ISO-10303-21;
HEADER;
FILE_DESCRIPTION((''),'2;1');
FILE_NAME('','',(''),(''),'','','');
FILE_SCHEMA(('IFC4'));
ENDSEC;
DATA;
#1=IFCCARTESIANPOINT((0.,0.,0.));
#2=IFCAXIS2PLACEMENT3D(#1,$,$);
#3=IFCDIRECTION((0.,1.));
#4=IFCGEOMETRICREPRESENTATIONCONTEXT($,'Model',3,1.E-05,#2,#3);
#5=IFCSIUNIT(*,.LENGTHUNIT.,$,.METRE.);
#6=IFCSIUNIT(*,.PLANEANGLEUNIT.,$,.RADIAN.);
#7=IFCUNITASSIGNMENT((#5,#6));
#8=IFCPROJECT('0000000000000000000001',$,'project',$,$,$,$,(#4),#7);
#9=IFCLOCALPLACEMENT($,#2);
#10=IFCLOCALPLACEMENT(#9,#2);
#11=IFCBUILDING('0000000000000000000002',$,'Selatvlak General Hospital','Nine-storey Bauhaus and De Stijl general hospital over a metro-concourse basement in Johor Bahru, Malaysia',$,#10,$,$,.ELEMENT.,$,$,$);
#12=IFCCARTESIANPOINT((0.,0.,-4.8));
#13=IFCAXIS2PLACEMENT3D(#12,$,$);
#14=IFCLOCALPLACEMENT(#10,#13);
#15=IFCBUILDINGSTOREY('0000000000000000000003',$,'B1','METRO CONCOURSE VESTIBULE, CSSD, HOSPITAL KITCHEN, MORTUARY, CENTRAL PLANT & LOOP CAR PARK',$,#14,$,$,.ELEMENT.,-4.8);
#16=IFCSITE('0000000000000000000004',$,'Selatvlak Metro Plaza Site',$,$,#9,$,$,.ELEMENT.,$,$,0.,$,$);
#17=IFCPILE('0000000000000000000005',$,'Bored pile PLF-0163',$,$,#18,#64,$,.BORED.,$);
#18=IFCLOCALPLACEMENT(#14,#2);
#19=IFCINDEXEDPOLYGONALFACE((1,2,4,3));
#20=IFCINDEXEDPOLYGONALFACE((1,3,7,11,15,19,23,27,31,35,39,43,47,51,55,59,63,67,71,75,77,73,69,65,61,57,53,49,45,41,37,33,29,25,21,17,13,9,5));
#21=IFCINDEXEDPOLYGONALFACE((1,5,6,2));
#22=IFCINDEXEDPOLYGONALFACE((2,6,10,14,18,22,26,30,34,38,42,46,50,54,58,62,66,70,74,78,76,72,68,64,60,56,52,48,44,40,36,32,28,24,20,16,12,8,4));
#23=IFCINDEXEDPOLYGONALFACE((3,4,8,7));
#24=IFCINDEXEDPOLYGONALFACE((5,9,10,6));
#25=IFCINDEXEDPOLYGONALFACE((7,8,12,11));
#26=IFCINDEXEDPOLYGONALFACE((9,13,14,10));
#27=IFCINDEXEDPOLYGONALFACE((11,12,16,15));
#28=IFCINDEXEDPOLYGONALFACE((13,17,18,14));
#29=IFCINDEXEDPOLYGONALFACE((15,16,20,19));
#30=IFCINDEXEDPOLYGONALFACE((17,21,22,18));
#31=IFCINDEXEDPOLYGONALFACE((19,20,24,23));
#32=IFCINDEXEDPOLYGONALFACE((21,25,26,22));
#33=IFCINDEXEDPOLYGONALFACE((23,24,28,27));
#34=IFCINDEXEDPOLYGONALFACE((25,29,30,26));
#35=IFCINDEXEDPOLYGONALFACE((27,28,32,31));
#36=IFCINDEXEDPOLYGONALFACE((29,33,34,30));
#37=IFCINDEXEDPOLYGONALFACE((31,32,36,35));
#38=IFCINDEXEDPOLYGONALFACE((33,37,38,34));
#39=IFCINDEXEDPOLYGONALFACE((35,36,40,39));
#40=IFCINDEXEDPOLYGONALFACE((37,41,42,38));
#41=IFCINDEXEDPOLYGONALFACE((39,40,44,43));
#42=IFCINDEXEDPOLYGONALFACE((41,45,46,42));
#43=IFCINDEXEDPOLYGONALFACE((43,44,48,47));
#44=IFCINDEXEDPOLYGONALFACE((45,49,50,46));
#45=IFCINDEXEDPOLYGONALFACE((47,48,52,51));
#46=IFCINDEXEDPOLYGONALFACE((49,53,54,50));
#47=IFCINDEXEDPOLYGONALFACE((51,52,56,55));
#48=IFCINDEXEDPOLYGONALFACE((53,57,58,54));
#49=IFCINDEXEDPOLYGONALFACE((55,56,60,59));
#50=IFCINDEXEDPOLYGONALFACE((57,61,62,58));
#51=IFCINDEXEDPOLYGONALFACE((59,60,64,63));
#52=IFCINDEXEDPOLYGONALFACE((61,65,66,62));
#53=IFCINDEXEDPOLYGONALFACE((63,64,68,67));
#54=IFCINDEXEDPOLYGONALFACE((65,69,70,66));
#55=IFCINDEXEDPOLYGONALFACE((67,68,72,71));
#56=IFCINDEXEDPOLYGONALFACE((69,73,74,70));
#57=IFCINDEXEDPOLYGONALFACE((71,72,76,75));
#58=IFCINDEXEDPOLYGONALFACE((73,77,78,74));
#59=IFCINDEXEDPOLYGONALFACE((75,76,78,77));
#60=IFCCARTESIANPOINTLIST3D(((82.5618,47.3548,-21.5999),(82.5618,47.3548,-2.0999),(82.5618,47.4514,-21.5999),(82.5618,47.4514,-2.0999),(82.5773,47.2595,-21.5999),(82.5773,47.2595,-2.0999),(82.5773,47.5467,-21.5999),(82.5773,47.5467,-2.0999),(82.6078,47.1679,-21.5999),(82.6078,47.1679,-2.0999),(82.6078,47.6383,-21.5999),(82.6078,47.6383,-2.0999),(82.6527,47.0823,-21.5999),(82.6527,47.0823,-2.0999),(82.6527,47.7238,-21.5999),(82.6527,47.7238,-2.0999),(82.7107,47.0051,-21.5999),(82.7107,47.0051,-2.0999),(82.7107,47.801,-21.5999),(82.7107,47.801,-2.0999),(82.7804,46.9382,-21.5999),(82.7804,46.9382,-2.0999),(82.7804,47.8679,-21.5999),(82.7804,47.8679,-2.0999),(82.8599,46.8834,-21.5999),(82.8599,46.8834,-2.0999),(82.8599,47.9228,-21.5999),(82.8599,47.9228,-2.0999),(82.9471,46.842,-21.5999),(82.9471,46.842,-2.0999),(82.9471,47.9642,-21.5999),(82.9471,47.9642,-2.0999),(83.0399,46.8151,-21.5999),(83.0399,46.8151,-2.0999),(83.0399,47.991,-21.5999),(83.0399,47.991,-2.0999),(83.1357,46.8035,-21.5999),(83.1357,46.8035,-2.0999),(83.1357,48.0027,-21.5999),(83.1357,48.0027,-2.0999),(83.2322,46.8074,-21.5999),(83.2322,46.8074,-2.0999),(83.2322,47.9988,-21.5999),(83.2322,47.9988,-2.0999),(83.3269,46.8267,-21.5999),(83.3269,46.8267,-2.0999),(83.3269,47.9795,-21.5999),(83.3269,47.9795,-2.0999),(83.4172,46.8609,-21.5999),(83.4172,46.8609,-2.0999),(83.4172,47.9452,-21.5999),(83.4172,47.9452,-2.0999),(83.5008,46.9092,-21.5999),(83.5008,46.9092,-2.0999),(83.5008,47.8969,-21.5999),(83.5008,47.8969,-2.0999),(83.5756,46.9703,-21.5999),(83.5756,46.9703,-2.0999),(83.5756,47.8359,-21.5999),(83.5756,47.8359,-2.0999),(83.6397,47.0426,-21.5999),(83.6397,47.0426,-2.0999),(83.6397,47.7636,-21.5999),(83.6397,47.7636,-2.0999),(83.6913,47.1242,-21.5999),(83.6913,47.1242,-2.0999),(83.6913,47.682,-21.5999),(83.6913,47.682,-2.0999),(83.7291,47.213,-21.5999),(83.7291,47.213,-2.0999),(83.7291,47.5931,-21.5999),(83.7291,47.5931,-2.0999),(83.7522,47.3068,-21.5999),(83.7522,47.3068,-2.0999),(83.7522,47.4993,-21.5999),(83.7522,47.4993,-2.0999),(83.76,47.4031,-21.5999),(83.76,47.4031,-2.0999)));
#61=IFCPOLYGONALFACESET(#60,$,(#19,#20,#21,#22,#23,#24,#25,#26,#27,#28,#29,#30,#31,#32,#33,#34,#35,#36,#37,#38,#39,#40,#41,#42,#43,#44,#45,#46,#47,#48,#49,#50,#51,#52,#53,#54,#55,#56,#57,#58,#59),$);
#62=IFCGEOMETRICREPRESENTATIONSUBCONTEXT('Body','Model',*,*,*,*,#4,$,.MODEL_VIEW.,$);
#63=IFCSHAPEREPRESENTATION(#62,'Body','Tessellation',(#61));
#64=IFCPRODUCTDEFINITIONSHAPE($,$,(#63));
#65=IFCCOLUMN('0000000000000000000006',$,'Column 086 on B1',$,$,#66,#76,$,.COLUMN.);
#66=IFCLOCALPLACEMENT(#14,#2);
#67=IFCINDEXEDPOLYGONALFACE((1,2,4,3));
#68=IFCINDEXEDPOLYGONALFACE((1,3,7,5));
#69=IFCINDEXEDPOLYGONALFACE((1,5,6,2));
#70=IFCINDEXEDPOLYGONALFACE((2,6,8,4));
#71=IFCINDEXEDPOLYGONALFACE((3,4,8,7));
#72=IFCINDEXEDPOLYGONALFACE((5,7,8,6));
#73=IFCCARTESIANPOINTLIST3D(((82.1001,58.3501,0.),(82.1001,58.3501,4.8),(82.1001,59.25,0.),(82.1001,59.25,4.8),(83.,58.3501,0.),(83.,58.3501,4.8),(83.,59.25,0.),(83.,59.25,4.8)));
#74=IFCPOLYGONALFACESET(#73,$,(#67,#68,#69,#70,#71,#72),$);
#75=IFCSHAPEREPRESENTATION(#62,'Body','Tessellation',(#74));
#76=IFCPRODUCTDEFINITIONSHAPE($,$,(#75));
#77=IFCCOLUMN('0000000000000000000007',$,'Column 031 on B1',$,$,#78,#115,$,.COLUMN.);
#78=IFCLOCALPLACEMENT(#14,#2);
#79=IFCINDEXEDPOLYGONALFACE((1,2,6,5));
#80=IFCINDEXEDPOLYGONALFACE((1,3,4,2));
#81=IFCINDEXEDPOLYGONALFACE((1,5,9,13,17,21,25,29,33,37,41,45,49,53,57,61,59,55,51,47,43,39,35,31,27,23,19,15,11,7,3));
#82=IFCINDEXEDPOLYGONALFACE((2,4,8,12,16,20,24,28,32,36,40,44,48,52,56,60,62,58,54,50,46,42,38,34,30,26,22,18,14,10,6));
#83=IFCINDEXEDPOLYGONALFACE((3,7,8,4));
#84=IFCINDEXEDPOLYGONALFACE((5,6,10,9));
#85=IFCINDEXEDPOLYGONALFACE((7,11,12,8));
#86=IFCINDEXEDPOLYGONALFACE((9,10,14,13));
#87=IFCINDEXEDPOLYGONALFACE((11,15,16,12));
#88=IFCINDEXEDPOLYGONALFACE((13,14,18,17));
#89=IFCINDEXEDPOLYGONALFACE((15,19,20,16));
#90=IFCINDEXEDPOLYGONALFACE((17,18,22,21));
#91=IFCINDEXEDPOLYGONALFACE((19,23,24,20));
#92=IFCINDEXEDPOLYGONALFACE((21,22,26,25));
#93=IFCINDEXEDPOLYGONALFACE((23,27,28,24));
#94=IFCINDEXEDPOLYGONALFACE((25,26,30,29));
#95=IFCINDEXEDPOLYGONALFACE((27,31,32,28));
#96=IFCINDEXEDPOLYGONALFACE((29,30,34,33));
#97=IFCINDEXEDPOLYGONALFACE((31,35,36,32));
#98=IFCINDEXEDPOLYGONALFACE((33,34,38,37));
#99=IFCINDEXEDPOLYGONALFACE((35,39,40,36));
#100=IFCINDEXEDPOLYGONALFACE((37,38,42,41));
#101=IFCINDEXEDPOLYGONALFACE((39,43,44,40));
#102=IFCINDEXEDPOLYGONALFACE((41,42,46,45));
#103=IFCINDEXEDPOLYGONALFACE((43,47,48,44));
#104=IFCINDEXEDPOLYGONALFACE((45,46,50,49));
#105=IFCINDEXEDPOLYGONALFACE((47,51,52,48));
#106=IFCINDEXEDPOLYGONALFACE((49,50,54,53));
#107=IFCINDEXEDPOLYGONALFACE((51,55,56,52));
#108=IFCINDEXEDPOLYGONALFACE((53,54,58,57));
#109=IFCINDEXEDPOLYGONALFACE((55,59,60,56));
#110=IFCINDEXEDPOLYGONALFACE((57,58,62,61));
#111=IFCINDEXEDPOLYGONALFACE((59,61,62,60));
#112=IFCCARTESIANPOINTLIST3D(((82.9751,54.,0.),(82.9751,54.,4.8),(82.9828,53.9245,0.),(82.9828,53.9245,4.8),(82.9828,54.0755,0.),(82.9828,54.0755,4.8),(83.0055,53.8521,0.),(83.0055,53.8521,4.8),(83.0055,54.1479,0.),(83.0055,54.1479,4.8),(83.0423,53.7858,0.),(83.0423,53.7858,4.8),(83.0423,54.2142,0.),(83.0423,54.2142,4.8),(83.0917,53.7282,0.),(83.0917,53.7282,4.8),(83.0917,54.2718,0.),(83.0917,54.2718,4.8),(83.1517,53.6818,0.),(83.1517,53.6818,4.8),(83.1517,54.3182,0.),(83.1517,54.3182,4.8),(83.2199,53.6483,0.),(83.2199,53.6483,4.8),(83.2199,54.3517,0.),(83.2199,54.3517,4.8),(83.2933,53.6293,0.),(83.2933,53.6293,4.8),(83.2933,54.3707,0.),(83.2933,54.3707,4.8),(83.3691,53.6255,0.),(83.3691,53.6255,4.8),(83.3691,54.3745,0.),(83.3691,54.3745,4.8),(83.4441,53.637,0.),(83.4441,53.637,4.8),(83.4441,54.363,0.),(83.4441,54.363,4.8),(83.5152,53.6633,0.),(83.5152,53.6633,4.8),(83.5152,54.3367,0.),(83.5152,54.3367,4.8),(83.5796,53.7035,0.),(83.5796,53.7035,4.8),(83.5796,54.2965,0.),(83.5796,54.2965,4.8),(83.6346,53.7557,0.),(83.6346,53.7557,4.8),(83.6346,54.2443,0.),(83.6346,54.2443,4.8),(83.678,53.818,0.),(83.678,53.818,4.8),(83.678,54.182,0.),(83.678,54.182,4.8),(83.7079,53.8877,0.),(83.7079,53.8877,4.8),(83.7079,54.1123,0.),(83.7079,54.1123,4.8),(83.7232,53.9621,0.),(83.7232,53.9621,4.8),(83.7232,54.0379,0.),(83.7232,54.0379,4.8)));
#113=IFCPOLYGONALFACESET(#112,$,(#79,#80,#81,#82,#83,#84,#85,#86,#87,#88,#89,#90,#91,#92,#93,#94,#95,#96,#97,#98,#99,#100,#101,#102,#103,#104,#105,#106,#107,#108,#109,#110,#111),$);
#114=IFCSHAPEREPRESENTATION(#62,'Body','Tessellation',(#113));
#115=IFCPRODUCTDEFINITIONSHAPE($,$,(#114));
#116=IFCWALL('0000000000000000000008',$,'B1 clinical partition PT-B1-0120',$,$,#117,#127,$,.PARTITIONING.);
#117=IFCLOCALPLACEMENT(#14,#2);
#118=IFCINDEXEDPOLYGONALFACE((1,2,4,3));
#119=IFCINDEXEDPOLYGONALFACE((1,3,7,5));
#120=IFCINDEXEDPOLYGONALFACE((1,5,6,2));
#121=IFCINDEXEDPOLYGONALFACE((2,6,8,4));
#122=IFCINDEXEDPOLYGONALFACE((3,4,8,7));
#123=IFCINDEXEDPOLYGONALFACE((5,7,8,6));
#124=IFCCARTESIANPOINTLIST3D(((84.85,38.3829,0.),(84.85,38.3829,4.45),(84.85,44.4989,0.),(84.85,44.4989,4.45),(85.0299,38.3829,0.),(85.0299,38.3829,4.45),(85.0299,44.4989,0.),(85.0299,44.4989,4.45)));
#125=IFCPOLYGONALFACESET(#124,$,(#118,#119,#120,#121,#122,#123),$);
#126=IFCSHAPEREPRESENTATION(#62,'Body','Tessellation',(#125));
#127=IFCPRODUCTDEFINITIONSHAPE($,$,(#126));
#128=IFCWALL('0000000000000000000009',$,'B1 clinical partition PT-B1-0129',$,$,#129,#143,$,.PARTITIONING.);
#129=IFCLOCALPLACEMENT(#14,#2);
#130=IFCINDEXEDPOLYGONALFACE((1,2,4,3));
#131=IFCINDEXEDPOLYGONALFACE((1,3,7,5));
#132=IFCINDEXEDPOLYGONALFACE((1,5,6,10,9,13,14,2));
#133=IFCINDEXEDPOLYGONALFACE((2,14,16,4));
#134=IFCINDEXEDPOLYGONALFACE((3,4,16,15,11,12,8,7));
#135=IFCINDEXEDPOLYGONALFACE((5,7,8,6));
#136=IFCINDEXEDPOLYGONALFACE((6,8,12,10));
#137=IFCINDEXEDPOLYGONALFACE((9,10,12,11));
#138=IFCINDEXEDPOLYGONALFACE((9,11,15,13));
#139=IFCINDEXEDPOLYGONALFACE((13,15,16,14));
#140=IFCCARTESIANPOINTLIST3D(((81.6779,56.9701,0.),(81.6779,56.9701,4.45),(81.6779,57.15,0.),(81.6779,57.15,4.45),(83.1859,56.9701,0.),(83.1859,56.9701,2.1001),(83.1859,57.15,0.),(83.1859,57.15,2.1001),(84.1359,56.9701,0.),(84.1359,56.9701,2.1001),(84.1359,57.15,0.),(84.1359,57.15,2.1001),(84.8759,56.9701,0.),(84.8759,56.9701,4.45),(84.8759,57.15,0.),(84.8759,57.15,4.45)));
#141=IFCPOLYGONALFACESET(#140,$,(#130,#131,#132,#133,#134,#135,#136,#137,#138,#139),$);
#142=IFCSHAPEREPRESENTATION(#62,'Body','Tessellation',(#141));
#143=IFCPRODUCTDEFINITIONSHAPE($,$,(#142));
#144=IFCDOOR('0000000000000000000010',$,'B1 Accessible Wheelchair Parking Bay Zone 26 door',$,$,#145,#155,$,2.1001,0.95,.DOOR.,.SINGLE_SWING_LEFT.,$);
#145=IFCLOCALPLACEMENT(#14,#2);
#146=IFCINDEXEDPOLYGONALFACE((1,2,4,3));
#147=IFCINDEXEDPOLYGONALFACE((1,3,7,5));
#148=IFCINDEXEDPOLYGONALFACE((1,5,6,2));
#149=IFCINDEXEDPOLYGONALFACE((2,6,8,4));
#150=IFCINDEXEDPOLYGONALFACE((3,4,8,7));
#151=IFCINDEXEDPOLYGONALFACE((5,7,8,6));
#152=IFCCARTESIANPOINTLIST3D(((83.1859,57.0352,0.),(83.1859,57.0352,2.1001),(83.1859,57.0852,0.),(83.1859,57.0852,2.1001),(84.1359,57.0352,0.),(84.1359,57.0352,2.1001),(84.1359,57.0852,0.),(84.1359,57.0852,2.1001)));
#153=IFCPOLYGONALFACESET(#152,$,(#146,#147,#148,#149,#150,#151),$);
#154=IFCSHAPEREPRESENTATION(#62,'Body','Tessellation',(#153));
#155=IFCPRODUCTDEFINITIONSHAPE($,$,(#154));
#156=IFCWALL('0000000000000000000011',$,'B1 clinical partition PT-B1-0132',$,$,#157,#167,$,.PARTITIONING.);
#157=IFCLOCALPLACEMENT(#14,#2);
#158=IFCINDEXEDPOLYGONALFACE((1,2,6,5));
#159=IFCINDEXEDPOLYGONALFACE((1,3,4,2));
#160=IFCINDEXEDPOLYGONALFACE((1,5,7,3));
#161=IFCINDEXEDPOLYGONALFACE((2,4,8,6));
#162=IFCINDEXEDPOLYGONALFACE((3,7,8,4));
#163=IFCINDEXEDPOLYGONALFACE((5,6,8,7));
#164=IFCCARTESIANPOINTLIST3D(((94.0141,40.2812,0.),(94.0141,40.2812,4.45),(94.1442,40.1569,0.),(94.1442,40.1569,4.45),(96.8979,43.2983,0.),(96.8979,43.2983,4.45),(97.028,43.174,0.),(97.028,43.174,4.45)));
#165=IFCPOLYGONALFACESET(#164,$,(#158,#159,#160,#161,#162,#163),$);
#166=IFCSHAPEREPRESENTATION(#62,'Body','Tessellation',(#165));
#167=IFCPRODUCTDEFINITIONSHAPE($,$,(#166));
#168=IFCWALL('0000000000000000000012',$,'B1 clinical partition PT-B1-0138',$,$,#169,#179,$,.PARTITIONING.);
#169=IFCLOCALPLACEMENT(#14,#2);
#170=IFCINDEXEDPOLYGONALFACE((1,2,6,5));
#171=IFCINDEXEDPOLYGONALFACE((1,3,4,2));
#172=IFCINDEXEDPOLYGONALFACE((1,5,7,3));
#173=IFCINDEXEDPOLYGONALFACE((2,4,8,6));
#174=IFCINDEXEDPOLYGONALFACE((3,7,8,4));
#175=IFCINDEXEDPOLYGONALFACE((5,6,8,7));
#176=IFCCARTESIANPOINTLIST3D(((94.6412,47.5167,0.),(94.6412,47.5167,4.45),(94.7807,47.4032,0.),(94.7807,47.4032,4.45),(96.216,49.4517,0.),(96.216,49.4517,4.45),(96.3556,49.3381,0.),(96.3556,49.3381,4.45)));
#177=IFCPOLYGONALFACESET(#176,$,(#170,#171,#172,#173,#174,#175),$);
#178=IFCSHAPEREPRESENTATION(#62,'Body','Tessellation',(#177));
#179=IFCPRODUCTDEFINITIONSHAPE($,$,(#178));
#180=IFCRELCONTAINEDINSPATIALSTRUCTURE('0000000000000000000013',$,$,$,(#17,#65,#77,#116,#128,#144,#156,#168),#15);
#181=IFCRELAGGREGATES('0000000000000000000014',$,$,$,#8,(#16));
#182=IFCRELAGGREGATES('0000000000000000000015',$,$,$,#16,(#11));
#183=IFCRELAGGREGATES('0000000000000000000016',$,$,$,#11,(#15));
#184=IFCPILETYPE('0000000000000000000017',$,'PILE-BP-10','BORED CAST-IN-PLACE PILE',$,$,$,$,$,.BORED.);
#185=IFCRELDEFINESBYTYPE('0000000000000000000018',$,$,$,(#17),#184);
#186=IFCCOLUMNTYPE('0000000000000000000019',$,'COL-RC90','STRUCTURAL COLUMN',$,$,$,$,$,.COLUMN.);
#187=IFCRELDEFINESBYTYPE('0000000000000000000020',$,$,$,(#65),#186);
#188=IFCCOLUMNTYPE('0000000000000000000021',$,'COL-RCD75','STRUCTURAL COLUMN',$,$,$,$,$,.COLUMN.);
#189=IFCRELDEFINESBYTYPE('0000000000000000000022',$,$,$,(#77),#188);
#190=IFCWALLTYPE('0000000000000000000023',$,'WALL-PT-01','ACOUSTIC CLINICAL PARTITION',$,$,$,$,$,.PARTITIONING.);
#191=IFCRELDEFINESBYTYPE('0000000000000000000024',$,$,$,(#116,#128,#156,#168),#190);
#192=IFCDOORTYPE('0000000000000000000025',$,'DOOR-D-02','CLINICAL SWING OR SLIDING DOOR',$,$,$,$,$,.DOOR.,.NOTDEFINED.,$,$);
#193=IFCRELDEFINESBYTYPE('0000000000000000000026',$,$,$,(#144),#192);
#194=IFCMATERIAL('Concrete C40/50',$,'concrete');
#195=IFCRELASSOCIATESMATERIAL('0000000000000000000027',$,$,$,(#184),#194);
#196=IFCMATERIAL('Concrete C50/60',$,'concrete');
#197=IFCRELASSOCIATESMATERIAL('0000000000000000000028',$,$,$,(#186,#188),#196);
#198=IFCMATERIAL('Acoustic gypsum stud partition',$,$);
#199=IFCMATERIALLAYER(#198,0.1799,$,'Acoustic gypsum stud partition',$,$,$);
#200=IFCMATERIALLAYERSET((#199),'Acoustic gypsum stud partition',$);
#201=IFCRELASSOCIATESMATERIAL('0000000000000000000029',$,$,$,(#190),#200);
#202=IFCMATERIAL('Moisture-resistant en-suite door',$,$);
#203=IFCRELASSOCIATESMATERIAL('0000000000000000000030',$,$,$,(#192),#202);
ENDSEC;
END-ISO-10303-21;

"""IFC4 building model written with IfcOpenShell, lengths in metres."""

from ifc_helpers import new_model, si_unit, direction, frame, frame_2d, origin, origin_2d, place, context, subcontext, project, spatial, rectangle, circle, extrude, material, layer, layer_set, material_profile, profile_set, type_object, element, fill, save


model = new_model("IFC4")

# Units and contexts
model_context = context("Model", 3, precision=1e-05, world=origin(), true_north=direction((0.0, 1.0)))
body_context = subcontext(model_context, "Body", "Model", "MODEL_VIEW")
ifc_project = project(units=[si_unit("LENGTHUNIT", "METRE"), si_unit("PLANEANGLEUNIT", "RADIAN")], contexts=[model_context])

# Site, building, storey
site_placement = place(None, origin())
site = spatial("IfcSite", under=ifc_project, at=site_placement, Name="Selatvlak Metro Plaza Site", CompositionType="ELEMENT", RefElevation=0.0)
building_placement = place(site_placement, origin())
building = spatial("IfcBuilding", under=site, at=building_placement, Name="Selatvlak General Hospital", Description="Nine-storey Bauhaus and De Stijl general hospital over a metro-concourse basement in Johor Bahru, Malaysia", CompositionType="ELEMENT")
storey_placement = place(building_placement, frame((0.0, 0.0, -4.8)))
storey = spatial("IfcBuildingStorey", under=building, at=storey_placement, Name="B1", Description="METRO CONCOURSE VESTIBULE, CSSD, HOSPITAL KITCHEN, MORTUARY, CENTRAL PLANT & LOOP CAR PARK", CompositionType="ELEMENT", Elevation=-4.8)

# Shared definitions
ifc_material_1 = material(Name="Concrete C40/50", Category="concrete")

# Pile
ifc_material_profile_1 = material_profile(ifc_material_1, circle(Radius=0.6001, at=origin_2d()), Name="BORED PILE 1200")
ifc_profile_set_1 = profile_set([ifc_material_profile_1], Name="Concrete C40/50")
pile_type_1 = type_object("IfcPileType", Name="PILE-BP-10", Description="BORED CAST-IN-PLACE PILE", PredefinedType="BORED", material=ifc_profile_set_1)
pile_1_placement = place(storey_placement, frame((83.1599, 47.4031, -2.0999), z_axis=(0.0, 0.0, -1.0), x_axis=(1.0, 0.0, 0.0)))
element("IfcPile", 1, at=pile_1_placement, inside=storey, type_object=pile_type_1, Name="Bored pile PLF-0163", PredefinedType="BORED", context=body_context, shape_type="SweptSolid", body=[
    extrude(circle(Radius=0.6001, at=origin_2d()), origin(), (0.0, 0.0, 1.0), 19.5),
])

# Columns
ifc_material_2 = material(Name="Concrete C50/60", Category="concrete")
ifc_material_profile_2 = material_profile(ifc_material_2, rectangle(XDim=0.8999, YDim=0.8999, at=origin_2d()), Name="RC-COL 900x900")
ifc_profile_set_2 = profile_set([ifc_material_profile_2], Name="Concrete C50/60")
column_type_1 = type_object("IfcColumnType", Name="COL-RC90", Description="STRUCTURAL COLUMN", PredefinedType="COLUMN", material=ifc_profile_set_2)
column_placement = place(storey_placement, frame((82.55, 58.8, 0.0), z_axis=(0.0, 0.0, 1.0), x_axis=(1.0, 0.0, 0.0)))
element("IfcColumn", 2, at=column_placement, inside=storey, type_object=column_type_1, Name="Column 086 on B1", PredefinedType="COLUMN", context=body_context, shape_type="SweptSolid", body=[
    extrude(rectangle(XDim=0.8999, YDim=0.8999, at=origin_2d()), origin(), (0.0, 0.0, 1.0), 4.8),
])
ifc_material_profile_3 = material_profile(ifc_material_2, circle(Radius=0.375, at=origin_2d()), Name="RC-COL D750")
ifc_profile_set_3 = profile_set([ifc_material_profile_3], Name="Concrete C50/60")
column_type_2 = type_object("IfcColumnType", Name="COL-RCD75", Description="STRUCTURAL COLUMN", PredefinedType="COLUMN", material=ifc_profile_set_3)
for number, where, z_axis, x_axis, name in (
    (3, (83.3501, 54.0, 0.0), (0.0, 0.0, 1.0), (-1.0, 0.0, 0.0), "Column 031 on B1"),
):
    element("IfcColumn", number, at=place(storey_placement, frame(where, z_axis=z_axis, x_axis=x_axis)), inside=storey, type_object=column_type_2, Name=name, PredefinedType="COLUMN", context=body_context, shape_type="SweptSolid", body=[
        extrude(circle(Radius=0.375, at=origin_2d()), origin(), (0.0, 0.0, 1.0), 4.8),
    ])

# Wall
ifc_material_3 = material(Name="Acoustic gypsum stud partition")
ifc_layer_1 = layer(ifc_material_3, 0.1799, Name="Acoustic gypsum stud partition")
ifc_layer_set_1 = layer_set([ifc_layer_1], Name="Acoustic gypsum stud partition")
wall_type_1 = type_object("IfcWallType", Name="WALL-PT-01", Description="ACOUSTIC CLINICAL PARTITION", PredefinedType="PARTITIONING", material=ifc_layer_set_1)
wall_1_placement = place(storey_placement, frame((84.9399, 44.499, 0.0), z_axis=(0.0, 0.0, 1.0), x_axis=(0.0, -1.0, 0.0)))
element("IfcWall", 4, at=wall_1_placement, inside=storey, type_object=wall_type_1, Name="B1 clinical partition PT-B1-0120", PredefinedType="PARTITIONING", context=body_context, shape_type="SweptSolid", body=[
    extrude(rectangle(XDim=6.116, YDim=0.1799, at=frame_2d((3.0581, 0.0))), origin(), (0.0, 0.0, 1.0), 4.45),
])

# Wall, opening, door
wall_2_placement = place(storey_placement, frame((84.876, 57.0601, 0.0), z_axis=(0.0, 0.0, 1.0), x_axis=(-1.0, 0.0, 0.0)))
wall_2 = element("IfcWall", 5, at=wall_2_placement, inside=storey, type_object=wall_type_1, Name="B1 clinical partition PT-B1-0129", PredefinedType="PARTITIONING", context=body_context, shape_type="SweptSolid", body=[
    extrude(rectangle(XDim=3.198, YDim=0.1799, at=frame_2d((1.5991, 0.0))), origin(), (0.0, 0.0, 1.0), 4.45),
])
opening_1_placement = place(wall_2_placement, frame((0.74, 0.0, 0.0)))
opening_1 = element("IfcOpeningElement", 6, at=opening_1_placement, cuts=wall_2, PredefinedType="OPENING", context=body_context, shape_type="SweptSolid", body=[
    extrude(rectangle(XDim=0.95, YDim=2.1001, at=frame_2d((0.4751, 1.05))), frame((0.0, 0.0999, 0.0), z_axis=(0.0, -1.0, 0.0), x_axis=(1.0, 0.0, 0.0)), (0.0, 0.0, 1.0), 0.2),
])
ifc_material_4 = material(Name="Moisture-resistant en-suite door")
door_type_1 = type_object("IfcDoorType", Name="DOOR-D-02", Description="CLINICAL SWING OR SLIDING DOOR", OperationType="NOTDEFINED", PredefinedType="DOOR", material=ifc_material_4)
door_1_placement = place(opening_1_placement, origin())
door_1 = element("IfcDoor", 7, at=door_1_placement, inside=storey, type_object=door_type_1, Name="B1 Accessible Wheelchair Parking Bay Zone 26 door", OperationType="SINGLE_SWING_LEFT", OverallHeight=2.1001, OverallWidth=0.95, PredefinedType="DOOR", context=body_context, shape_type="SweptSolid", body=[
    extrude(rectangle(XDim=0.95, YDim=2.1001, at=frame_2d((0.4751, 1.05))), frame((0.0, 0.0249, 0.0), z_axis=(0.0, -1.0, 0.0), x_axis=(1.0, 0.0, 0.0)), (0.0, 0.0, 1.0), 0.05),
])
fill(opening_1, door_1)

# Walls
wall_3_placement = place(storey_placement, frame((94.0791, 40.219, 0.0), z_axis=(0.0, 0.0, 1.0), x_axis=(0.690957, 0.722896, 0.0)))
element("IfcWall", 8, at=wall_3_placement, inside=storey, type_object=wall_type_1, Name="B1 clinical partition PT-B1-0132", PredefinedType="PARTITIONING", context=body_context, shape_type="SweptSolid", body=[
    extrude(rectangle(XDim=4.1736, YDim=0.1799, at=frame_2d((2.0869, 0.0))), origin(), (0.0, 0.0, 1.0), 4.45),
])
wall_4_placement = place(storey_placement, frame((96.2859, 49.395, 0.0), z_axis=(0.0, 0.0, 1.0), x_axis=(-0.631248, -0.775581, 0.0)))
element("IfcWall", 9, at=wall_4_placement, inside=storey, type_object=wall_type_1, Name="B1 clinical partition PT-B1-0138", PredefinedType="PARTITIONING", context=body_context, shape_type="SweptSolid", body=[
    extrude(rectangle(XDim=2.4949, YDim=0.1799, at=frame_2d((1.2476, 0.0))), origin(), (0.0, 0.0, 1.0), 4.45),
])

save(model, "model.ifc")
